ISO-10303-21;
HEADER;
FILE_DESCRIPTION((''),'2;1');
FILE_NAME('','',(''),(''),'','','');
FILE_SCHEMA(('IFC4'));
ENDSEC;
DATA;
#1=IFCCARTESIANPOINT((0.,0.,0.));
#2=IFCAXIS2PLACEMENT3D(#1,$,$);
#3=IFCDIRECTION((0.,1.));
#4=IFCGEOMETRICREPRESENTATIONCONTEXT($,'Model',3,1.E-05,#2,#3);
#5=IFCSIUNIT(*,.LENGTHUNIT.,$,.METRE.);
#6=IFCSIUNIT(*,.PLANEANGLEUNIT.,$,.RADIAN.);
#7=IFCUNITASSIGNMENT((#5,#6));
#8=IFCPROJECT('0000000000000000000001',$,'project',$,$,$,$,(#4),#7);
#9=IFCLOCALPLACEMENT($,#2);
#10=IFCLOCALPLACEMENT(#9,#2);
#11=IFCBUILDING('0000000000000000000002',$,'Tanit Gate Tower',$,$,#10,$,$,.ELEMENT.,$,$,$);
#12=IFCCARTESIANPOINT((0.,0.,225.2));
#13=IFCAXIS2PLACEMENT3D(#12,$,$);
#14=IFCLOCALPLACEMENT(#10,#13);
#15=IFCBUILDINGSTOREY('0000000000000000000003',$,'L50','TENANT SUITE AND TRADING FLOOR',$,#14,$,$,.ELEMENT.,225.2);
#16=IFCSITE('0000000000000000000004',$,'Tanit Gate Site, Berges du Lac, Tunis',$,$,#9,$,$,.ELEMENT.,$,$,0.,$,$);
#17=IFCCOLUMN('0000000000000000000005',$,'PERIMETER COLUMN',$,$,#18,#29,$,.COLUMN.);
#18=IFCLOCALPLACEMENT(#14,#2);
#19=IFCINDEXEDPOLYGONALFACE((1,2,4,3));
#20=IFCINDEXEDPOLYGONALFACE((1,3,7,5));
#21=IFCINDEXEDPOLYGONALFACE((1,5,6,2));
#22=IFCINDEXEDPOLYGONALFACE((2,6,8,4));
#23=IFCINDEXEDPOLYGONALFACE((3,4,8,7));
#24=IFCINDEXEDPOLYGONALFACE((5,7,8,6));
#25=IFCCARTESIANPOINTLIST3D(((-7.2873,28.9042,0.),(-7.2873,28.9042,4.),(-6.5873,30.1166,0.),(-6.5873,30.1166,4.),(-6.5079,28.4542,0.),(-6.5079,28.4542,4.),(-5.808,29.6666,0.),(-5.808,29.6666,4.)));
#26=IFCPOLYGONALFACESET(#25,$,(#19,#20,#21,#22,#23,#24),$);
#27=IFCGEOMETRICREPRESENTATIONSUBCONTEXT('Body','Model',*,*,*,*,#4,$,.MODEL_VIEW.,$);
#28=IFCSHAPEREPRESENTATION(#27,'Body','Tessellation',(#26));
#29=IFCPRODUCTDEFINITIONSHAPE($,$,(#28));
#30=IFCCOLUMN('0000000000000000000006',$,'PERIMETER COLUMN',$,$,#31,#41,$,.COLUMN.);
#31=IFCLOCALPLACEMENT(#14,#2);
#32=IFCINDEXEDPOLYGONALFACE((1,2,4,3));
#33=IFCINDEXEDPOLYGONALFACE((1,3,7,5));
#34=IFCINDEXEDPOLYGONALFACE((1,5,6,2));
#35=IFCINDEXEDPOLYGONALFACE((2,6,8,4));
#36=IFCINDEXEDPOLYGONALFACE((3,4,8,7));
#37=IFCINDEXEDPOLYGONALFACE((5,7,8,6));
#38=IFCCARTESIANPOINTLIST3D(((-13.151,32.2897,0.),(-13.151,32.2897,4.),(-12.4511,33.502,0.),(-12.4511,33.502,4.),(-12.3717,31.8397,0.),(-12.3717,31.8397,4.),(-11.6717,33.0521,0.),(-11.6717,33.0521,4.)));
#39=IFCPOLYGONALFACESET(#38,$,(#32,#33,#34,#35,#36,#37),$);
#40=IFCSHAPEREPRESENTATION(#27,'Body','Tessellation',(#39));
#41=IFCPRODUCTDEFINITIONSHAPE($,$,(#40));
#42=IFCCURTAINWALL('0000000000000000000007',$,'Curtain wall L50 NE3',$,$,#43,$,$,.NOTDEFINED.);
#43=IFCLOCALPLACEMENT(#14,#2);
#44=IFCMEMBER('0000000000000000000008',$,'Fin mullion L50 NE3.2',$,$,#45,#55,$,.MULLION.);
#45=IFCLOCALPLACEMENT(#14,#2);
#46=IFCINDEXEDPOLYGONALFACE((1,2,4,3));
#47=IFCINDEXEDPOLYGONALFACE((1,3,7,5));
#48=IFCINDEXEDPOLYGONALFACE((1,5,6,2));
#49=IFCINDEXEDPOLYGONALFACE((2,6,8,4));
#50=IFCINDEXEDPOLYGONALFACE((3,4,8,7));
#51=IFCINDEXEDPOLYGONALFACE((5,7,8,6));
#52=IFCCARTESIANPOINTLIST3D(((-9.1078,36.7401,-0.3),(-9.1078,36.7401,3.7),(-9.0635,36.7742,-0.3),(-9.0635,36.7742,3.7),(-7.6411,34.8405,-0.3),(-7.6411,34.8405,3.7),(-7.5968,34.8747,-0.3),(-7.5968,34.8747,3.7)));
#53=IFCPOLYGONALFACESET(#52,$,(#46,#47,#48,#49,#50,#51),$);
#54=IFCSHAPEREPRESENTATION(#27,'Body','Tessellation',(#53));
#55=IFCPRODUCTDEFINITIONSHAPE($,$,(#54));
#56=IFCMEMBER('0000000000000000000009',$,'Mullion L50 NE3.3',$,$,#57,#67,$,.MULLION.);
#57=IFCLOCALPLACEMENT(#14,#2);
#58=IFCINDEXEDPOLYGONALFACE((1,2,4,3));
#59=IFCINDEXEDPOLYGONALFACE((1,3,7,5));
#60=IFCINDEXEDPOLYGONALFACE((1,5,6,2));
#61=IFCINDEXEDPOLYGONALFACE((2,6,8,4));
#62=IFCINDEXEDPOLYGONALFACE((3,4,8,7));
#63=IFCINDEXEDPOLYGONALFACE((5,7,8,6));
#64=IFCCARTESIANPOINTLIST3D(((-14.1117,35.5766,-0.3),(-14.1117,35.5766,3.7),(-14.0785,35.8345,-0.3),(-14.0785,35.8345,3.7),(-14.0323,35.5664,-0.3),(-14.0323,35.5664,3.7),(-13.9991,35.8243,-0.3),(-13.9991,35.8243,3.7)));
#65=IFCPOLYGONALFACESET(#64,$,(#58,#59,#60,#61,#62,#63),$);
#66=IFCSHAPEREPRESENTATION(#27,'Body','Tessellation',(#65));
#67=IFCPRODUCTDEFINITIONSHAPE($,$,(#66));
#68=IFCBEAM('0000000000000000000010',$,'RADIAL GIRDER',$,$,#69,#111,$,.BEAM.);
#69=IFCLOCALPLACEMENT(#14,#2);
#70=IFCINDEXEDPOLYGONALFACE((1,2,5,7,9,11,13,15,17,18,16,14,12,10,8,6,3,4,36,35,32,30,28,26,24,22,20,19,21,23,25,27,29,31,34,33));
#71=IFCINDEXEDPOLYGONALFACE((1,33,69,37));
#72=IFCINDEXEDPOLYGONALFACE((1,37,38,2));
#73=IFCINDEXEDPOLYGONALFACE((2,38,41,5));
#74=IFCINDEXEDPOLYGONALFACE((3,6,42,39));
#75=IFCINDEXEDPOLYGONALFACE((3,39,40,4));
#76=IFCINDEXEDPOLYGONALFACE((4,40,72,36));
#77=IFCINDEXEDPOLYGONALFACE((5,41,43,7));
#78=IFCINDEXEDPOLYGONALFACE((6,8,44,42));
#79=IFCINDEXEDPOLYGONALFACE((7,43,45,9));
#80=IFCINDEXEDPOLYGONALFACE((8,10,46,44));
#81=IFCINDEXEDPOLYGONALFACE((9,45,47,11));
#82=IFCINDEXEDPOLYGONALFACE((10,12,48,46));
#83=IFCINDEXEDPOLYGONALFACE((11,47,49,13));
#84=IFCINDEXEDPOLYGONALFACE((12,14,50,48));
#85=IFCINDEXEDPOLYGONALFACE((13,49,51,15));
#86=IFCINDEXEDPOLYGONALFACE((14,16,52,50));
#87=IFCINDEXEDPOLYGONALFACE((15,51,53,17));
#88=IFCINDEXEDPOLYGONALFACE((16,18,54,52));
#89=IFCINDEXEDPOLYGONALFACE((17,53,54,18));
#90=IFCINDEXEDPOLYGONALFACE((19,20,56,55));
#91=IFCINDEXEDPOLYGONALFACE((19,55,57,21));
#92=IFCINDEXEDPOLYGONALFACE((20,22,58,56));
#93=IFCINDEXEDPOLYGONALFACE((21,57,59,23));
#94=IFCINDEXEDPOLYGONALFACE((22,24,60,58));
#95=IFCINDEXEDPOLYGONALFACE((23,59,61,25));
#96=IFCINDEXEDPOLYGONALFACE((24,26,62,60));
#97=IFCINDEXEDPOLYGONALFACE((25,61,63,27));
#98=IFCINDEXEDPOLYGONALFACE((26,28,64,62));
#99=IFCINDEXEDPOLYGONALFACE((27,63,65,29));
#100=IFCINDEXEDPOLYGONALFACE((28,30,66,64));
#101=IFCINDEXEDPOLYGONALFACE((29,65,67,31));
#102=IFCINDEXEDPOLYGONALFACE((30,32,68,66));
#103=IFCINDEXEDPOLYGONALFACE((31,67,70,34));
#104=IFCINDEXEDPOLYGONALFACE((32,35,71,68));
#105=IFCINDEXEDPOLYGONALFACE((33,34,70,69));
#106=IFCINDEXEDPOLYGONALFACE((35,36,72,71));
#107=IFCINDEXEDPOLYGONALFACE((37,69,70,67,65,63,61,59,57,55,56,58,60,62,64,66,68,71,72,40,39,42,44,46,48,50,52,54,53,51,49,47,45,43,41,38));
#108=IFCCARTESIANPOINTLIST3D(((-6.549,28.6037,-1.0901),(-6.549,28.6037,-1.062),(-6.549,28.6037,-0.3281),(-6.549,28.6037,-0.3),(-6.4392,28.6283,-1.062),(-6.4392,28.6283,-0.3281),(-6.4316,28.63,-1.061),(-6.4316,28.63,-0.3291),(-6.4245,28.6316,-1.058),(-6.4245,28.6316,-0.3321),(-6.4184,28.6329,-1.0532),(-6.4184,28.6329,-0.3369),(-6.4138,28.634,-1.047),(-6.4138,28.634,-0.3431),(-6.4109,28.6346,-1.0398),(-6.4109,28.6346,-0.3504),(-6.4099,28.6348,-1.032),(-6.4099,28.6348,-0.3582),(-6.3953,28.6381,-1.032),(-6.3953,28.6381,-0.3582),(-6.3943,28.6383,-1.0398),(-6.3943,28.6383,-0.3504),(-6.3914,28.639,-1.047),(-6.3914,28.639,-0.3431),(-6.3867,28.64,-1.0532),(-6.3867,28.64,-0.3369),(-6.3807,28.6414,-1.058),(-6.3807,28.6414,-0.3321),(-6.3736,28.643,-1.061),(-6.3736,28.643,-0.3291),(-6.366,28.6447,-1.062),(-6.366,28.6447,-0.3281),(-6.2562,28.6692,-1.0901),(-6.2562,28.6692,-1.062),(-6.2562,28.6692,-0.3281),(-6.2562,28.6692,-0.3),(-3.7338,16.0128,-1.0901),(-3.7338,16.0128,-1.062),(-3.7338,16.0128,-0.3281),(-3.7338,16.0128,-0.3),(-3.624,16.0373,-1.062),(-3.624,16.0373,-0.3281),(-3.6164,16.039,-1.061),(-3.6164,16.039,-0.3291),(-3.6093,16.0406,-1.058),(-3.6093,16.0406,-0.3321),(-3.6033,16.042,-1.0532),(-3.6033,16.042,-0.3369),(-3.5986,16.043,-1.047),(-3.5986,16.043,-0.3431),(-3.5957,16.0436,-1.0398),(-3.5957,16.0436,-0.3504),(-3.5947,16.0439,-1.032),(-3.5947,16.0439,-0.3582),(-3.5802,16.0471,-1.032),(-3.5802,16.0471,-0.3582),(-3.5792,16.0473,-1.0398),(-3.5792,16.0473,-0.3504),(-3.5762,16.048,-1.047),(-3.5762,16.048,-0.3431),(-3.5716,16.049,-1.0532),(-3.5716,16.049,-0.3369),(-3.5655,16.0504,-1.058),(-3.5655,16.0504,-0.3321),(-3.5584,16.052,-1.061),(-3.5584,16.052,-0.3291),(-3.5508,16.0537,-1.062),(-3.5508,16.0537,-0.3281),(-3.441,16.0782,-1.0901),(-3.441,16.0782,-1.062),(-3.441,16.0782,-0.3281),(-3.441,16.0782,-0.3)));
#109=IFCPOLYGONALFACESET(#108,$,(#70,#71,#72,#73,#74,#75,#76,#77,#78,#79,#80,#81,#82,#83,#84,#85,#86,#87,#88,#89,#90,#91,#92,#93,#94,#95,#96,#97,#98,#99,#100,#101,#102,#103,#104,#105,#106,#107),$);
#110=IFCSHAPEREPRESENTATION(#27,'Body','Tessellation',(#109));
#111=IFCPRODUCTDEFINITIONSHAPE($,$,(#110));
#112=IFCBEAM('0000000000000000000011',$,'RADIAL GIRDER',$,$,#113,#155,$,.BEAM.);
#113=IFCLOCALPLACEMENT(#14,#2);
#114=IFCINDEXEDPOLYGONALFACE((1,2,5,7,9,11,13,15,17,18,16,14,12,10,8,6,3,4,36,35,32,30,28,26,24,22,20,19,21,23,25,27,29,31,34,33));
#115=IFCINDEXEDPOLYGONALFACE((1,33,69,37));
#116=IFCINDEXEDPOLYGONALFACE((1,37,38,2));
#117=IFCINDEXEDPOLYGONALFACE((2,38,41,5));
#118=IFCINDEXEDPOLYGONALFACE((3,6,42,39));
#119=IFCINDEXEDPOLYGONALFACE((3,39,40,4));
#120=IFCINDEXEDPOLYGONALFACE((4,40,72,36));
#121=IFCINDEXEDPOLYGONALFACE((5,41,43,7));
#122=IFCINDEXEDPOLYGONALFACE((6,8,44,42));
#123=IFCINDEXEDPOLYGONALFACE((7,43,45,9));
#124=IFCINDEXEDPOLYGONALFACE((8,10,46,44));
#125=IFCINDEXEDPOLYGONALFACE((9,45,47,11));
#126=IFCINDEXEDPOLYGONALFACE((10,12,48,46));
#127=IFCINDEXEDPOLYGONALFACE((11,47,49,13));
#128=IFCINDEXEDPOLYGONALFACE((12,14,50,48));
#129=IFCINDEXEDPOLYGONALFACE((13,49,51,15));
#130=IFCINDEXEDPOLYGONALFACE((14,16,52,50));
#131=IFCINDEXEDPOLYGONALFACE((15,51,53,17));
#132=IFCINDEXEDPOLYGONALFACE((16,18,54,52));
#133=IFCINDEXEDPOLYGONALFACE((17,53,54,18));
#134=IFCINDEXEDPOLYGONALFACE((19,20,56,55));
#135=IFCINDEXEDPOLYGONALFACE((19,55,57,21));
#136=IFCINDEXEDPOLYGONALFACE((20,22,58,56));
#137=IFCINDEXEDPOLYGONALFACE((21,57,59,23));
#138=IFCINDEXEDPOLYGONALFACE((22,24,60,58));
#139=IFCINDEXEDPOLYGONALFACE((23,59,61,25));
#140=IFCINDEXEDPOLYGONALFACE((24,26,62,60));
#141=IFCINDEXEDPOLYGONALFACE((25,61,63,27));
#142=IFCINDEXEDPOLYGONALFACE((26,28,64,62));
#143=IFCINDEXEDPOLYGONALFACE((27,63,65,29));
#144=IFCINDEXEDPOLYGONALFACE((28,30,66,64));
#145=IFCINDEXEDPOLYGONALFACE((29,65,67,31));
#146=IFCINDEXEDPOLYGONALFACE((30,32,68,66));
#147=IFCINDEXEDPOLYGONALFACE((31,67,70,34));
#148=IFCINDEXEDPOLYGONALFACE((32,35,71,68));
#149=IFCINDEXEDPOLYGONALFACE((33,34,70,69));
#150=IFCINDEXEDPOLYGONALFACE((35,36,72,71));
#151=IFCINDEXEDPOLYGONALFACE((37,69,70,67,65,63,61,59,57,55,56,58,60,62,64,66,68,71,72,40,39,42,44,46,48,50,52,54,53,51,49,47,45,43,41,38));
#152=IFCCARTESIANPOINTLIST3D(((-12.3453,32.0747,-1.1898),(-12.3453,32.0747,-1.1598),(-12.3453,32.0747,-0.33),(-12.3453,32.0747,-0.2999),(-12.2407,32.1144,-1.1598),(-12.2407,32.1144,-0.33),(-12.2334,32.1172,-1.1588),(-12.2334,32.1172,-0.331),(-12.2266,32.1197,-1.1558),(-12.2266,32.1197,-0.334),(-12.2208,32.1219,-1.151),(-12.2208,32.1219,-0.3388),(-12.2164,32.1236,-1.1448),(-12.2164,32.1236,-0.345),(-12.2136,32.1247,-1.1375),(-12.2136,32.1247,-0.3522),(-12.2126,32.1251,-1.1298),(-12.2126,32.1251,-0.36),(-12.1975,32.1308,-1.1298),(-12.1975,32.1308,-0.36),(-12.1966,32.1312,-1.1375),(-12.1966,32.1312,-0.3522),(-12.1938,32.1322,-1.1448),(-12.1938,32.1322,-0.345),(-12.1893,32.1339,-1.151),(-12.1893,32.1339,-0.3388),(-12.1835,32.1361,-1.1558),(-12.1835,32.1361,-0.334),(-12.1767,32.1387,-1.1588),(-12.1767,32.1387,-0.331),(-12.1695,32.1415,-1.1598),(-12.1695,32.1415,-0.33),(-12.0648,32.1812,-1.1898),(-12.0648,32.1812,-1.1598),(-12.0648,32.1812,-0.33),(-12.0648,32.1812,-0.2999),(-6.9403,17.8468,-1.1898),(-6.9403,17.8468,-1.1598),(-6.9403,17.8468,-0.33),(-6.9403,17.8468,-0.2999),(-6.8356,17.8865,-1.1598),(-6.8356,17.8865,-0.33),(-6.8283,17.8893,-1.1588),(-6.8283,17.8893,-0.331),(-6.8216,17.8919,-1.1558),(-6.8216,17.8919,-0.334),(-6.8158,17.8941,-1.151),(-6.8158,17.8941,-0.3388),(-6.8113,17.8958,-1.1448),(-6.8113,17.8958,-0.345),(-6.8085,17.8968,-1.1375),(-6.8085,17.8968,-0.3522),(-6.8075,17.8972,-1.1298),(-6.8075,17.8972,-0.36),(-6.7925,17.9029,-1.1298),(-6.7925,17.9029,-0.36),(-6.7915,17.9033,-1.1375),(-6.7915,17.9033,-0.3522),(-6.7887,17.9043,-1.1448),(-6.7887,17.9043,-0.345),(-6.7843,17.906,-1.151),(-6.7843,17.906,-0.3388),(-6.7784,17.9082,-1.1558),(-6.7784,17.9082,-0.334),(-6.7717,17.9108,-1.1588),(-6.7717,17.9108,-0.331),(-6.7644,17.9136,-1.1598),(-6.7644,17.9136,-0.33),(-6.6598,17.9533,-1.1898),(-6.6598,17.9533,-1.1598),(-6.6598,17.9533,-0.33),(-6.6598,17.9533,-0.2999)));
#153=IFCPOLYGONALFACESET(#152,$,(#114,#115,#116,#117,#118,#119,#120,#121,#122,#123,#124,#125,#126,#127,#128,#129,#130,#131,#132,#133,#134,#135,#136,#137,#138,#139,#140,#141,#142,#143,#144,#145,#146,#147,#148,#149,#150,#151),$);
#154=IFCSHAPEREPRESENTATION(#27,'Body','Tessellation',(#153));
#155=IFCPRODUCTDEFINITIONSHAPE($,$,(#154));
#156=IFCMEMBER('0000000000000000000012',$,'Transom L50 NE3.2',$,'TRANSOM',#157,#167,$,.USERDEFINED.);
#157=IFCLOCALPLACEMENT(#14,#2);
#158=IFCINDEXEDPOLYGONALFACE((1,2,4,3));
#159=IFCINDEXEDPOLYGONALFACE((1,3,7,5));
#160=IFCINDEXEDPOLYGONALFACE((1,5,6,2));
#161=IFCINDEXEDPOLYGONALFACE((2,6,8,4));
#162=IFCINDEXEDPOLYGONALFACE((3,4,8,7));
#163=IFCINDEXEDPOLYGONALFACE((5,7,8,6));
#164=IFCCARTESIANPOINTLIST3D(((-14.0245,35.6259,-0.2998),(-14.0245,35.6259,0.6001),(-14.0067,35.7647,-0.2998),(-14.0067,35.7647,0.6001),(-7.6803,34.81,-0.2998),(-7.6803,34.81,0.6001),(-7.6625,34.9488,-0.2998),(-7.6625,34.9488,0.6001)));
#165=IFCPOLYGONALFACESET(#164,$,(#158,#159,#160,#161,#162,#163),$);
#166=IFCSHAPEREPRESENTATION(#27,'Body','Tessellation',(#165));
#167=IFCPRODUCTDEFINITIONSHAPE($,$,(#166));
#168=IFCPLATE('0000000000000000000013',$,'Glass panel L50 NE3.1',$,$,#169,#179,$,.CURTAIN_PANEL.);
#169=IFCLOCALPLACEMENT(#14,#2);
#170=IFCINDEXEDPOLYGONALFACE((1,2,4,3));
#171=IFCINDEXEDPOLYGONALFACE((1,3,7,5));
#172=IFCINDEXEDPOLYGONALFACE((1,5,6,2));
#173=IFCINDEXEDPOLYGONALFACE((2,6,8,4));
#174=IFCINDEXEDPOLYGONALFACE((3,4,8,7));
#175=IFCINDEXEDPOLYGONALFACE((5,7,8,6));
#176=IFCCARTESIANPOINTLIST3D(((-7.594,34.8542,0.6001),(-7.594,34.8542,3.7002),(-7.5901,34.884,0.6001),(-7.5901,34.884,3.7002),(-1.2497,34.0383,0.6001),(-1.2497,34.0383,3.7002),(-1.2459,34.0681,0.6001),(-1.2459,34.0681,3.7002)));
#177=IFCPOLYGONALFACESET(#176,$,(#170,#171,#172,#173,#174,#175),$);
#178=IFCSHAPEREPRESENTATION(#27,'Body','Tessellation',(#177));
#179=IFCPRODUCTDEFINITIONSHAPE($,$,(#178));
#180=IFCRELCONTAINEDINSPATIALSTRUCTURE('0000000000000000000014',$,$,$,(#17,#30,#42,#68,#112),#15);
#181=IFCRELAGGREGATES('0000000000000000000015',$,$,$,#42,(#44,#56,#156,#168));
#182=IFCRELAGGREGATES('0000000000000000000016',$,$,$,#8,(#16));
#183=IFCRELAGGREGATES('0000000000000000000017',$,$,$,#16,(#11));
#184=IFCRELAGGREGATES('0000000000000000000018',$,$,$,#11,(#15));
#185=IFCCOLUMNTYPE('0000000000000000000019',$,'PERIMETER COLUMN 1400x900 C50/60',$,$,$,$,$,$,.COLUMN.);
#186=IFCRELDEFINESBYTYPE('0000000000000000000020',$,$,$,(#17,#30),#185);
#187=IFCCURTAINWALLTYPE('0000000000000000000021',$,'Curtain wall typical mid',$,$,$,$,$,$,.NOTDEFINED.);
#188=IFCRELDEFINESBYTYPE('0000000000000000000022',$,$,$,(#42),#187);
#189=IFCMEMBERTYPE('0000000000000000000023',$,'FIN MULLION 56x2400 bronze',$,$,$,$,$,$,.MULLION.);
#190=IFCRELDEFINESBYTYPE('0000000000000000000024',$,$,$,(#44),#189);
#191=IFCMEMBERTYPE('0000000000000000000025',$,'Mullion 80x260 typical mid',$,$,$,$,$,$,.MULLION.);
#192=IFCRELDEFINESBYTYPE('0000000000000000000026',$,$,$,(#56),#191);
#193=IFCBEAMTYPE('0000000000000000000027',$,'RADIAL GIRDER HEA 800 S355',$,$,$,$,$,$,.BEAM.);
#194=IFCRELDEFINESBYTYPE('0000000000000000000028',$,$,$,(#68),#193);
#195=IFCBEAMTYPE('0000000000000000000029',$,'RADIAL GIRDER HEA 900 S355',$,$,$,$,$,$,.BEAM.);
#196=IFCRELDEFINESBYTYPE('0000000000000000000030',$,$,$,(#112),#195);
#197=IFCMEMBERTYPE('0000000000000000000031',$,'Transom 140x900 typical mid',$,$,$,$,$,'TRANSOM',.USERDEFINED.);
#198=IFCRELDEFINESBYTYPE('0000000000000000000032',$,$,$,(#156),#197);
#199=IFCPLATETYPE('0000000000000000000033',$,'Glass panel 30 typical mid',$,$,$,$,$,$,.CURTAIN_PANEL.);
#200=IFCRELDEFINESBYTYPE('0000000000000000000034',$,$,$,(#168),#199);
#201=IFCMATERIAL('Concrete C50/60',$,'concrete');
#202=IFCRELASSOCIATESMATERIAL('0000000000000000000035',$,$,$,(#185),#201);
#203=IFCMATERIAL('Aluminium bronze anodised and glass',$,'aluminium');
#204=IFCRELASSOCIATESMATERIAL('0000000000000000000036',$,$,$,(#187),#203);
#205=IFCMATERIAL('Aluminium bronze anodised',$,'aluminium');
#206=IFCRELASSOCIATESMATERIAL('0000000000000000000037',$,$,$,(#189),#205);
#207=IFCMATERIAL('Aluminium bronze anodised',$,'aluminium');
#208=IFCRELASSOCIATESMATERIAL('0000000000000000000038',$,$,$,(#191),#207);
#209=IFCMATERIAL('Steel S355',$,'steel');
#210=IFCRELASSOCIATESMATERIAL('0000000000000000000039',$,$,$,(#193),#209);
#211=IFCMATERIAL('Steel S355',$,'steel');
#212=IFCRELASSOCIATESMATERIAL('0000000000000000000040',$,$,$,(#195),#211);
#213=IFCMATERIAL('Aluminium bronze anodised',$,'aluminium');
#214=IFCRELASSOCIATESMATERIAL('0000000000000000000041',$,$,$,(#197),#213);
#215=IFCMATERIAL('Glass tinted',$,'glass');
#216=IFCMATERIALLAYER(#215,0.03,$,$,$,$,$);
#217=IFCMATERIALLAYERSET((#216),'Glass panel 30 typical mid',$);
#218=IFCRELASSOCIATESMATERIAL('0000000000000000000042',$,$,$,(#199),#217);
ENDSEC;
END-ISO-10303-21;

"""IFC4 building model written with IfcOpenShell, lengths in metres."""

from ifc_helpers import new_model, si_unit, direction, frame, origin, origin_2d, place, context, subcontext, project, spatial, rectangle, i_section, extrude, material, layer, layer_set, material_profile, profile_set, type_object, element, aggregate, save


model = new_model("IFC4")

# Units and contexts
model_context = context("Model", 3, precision=1e-05, world=origin(), true_north=direction((0.0, 1.0)))
body_context = subcontext(model_context, "Body", "Model", "MODEL_VIEW")
ifc_project = project(units=[si_unit("LENGTHUNIT", "METRE"), si_unit("PLANEANGLEUNIT", "RADIAN")], contexts=[model_context])

# Site, building, storey
site_placement = place(None, origin())
site = spatial("IfcSite", under=ifc_project, at=site_placement, Name="Tanit Gate Site, Berges du Lac, Tunis", CompositionType="ELEMENT", RefElevation=0.0)
building_placement = place(site_placement, origin())
building = spatial("IfcBuilding", under=site, at=building_placement, Name="Tanit Gate Tower", CompositionType="ELEMENT")
storey_placement = place(building_placement, frame((0.0, 0.0, 225.2)))
storey = spatial("IfcBuildingStorey", under=building, at=storey_placement, Name="L50", Description="TENANT SUITE AND TRADING FLOOR", CompositionType="ELEMENT", Elevation=225.2)

# Columns
ifc_material_1 = material(Name="Concrete C50/60", Category="concrete")
ifc_material_profile_1 = material_profile(ifc_material_1, rectangle(XDim=1.3999, YDim=0.8999, at=origin_2d()), Name="RC 1400x900")
ifc_profile_set_1 = profile_set([ifc_material_profile_1], Name="Concrete C50/60")
column_type = type_object("IfcColumnType", Name="PERIMETER COLUMN 1400x900 C50/60", PredefinedType="COLUMN", material=ifc_profile_set_1)
for number, where, z_axis, x_axis, name in (
    (1, (-6.5476, 29.2854, 0.0), (0.0, 0.0, 1.0), (0.5, 0.866025, 0.0), "PERIMETER COLUMN"),
    (2, (-12.4114, 32.6709, 0.0), (0.0, 0.0, 1.0), (0.5, 0.866025, 0.0), "PERIMETER COLUMN"),
):
    element("IfcColumn", number, at=place(storey_placement, frame(where, z_axis=z_axis, x_axis=x_axis)), inside=storey, type_object=column_type, Name=name, PredefinedType="COLUMN", context=body_context, shape_type="SweptSolid", body=[
        extrude(rectangle(XDim=1.3999, YDim=0.8999, at=origin_2d()), origin(), (0.0, 0.0, 1.0), 4.0),
    ])

# Curtain wall, members
ifc_material_2 = material(Name="Aluminium bronze anodised and glass", Category="aluminium")
curtain_wall_type = type_object("IfcCurtainWallType", Name="Curtain wall typical mid", PredefinedType="NOTDEFINED", material=ifc_material_2)
curtain_wall_placement = place(storey_placement, origin())
curtain_wall = element("IfcCurtainWall", 3, at=curtain_wall_placement, inside=storey, type_object=curtain_wall_type, Name="Curtain wall L50 NE3", PredefinedType="NOTDEFINED")
ifc_material_3 = material(Name="Aluminium bronze anodised", Category="aluminium")
ifc_material_profile_2 = material_profile(ifc_material_3, rectangle(XDim=2.3999, YDim=0.0559, at=origin_2d()), Name="56x2400 bronze fin mullion")
ifc_profile_set_2 = profile_set([ifc_material_profile_2], Name="Aluminium bronze anodised")
member_type_1 = type_object("IfcMemberType", Name="FIN MULLION 56x2400 bronze", PredefinedType="MULLION", material=ifc_profile_set_2)
member_1_placement = place(storey_placement, frame((-8.3523, 35.8074, -0.3), z_axis=(0.0, 0.0, 1.0), x_axis=(0.611137, -0.791525, 0.0)))
member_1 = element("IfcMember", 4, at=member_1_placement, type_object=member_type_1, Name="Fin mullion L50 NE3.2", PredefinedType="MULLION", context=body_context, shape_type="SweptSolid", body=[
    extrude(rectangle(XDim=2.3999, YDim=0.0559, at=origin_2d()), origin(), (0.0, 0.0, 1.0), 4.0),
])
ifc_material_4 = material(Name="Aluminium bronze anodised", Category="aluminium")
ifc_material_profile_3 = material_profile(ifc_material_4, rectangle(XDim=0.26, YDim=0.0801, at=origin_2d()), Name="80x260 bronze mullion")
ifc_profile_set_3 = profile_set([ifc_material_profile_3], Name="Aluminium bronze anodised")
member_type_2 = type_object("IfcMemberType", Name="Mullion 80x260 typical mid", PredefinedType="MULLION", material=ifc_profile_set_3)
member_2_placement = place(storey_placement, frame((-14.0554, 35.7004, -0.3), z_axis=(0.0, 0.0, 1.0), x_axis=(-0.127554, -0.991832, 0.0)))
member_2 = element("IfcMember", 5, at=member_2_placement, type_object=member_type_2, Name="Mullion L50 NE3.3", PredefinedType="MULLION", context=body_context, shape_type="SweptSolid", body=[
    extrude(rectangle(XDim=0.26, YDim=0.0801, at=origin_2d()), origin(), (0.0, 0.0, 1.0), 4.0),
])

# Beams
ifc_material_5 = material(Name="Steel S355", Category="steel")
ifc_material_profile_4 = material_profile(ifc_material_5, i_section(OverallWidth=0.3, OverallDepth=0.79, WebThickness=0.0149, FlangeThickness=0.0281, FilletRadius=0.03, at=origin_2d()), Name="HEA 800")
ifc_profile_set_4 = profile_set([ifc_material_profile_4], Name="Steel S355")
beam_type_1 = type_object("IfcBeamType", Name="RADIAL GIRDER HEA 800 S355", PredefinedType="BEAM", material=ifc_profile_set_4)
beam_1_placement = place(storey_placement, frame((-6.4026, 28.6365, -0.6951), z_axis=(0.218199, -0.975904, 0.0), x_axis=(0.975904, 0.218199, 0.0)))
element("IfcBeam", 6, at=beam_1_placement, inside=storey, type_object=beam_type_1, Name="RADIAL GIRDER", PredefinedType="BEAM", context=body_context, shape_type="SweptSolid", body=[
    extrude(i_section(OverallWidth=0.3, OverallDepth=0.79, WebThickness=0.0149, FlangeThickness=0.0281, FilletRadius=0.03, at=origin_2d()), origin(), (0.0, 0.0, 1.0), 12.9019),
])
ifc_material_6 = material(Name="Steel S355", Category="steel")
ifc_material_profile_5 = material_profile(ifc_material_6, i_section(OverallWidth=0.3, OverallDepth=0.8899, WebThickness=0.0161, FlangeThickness=0.03, FilletRadius=0.03, at=origin_2d()), Name="HEA 900")
ifc_profile_set_5 = profile_set([ifc_material_profile_5], Name="Steel S355")
beam_type_2 = type_object("IfcBeamType", Name="RADIAL GIRDER HEA 900 S355", PredefinedType="BEAM", material=ifc_profile_set_5)
beam_2_placement = place(storey_placement, frame((-12.2051, 32.1279, -0.7449), z_axis=(0.35513, -0.934817, 0.0), x_axis=(0.934817, 0.35513, 0.0)))
element("IfcBeam", 7, at=beam_2_placement, inside=storey, type_object=beam_type_2, Name="RADIAL GIRDER", PredefinedType="BEAM", context=body_context, shape_type="SweptSolid", body=[
    extrude(i_section(OverallWidth=0.3, OverallDepth=0.8899, WebThickness=0.0161, FlangeThickness=0.03, FilletRadius=0.03, at=origin_2d()), origin(), (0.0, 0.0, 1.0), 15.22),
])

# Member
ifc_material_7 = material(Name="Aluminium bronze anodised", Category="aluminium")
ifc_material_profile_6 = material_profile(ifc_material_7, rectangle(XDim=0.1399, YDim=0.8999, at=origin_2d()), Name="140x900 bronze transom")
ifc_profile_set_6 = profile_set([ifc_material_profile_6], Name="Aluminium bronze anodised")
member_type_3 = type_object("IfcMemberType", Name="Transom 140x900 typical mid", ElementType="TRANSOM", PredefinedType="USERDEFINED", material=ifc_profile_set_6)
member_3_placement = place(storey_placement, frame((-7.6714, 34.8794, 0.1501), z_axis=(-0.991831, 0.127557, 0.0), x_axis=(-0.127557, -0.991831, 0.0)))
member_3 = element("IfcMember", 8, at=member_3_placement, type_object=member_type_3, Name="Transom L50 NE3.2", ObjectType="TRANSOM", PredefinedType="USERDEFINED", context=body_context, shape_type="SweptSolid", body=[
    extrude(rectangle(XDim=0.1399, YDim=0.8999, at=origin_2d()), origin(), (0.0, 0.0, 1.0), 6.3965),
])

# Plate
ifc_material_8 = material(Name="Glass tinted", Category="glass")
ifc_layer_1 = layer(ifc_material_8, 0.03)
ifc_layer_set_1 = layer_set([ifc_layer_1], Name="Glass panel 30 typical mid")
plate_type = type_object("IfcPlateType", Name="Glass panel 30 typical mid", PredefinedType="CURTAIN_PANEL", material=ifc_layer_set_1)
plate_1_placement = place(storey_placement, frame((-4.4199, 34.4612, 0.6001), z_axis=(0.0, 0.0, 1.0), x_axis=(-0.991832, 0.127554, 0.0)))
plate_1 = element("IfcPlate", 9, at=plate_1_placement, type_object=plate_type, Name="Glass panel L50 NE3.1", PredefinedType="CURTAIN_PANEL", context=body_context, shape_type="SweptSolid", body=[
    extrude(rectangle(XDim=6.3965, YDim=0.03, at=origin_2d()), origin(), (0.0, 0.0, 1.0), 3.1001),
])
aggregate(curtain_wall, [member_1, member_2, member_3, plate_1])

save(model, "model.ifc")
